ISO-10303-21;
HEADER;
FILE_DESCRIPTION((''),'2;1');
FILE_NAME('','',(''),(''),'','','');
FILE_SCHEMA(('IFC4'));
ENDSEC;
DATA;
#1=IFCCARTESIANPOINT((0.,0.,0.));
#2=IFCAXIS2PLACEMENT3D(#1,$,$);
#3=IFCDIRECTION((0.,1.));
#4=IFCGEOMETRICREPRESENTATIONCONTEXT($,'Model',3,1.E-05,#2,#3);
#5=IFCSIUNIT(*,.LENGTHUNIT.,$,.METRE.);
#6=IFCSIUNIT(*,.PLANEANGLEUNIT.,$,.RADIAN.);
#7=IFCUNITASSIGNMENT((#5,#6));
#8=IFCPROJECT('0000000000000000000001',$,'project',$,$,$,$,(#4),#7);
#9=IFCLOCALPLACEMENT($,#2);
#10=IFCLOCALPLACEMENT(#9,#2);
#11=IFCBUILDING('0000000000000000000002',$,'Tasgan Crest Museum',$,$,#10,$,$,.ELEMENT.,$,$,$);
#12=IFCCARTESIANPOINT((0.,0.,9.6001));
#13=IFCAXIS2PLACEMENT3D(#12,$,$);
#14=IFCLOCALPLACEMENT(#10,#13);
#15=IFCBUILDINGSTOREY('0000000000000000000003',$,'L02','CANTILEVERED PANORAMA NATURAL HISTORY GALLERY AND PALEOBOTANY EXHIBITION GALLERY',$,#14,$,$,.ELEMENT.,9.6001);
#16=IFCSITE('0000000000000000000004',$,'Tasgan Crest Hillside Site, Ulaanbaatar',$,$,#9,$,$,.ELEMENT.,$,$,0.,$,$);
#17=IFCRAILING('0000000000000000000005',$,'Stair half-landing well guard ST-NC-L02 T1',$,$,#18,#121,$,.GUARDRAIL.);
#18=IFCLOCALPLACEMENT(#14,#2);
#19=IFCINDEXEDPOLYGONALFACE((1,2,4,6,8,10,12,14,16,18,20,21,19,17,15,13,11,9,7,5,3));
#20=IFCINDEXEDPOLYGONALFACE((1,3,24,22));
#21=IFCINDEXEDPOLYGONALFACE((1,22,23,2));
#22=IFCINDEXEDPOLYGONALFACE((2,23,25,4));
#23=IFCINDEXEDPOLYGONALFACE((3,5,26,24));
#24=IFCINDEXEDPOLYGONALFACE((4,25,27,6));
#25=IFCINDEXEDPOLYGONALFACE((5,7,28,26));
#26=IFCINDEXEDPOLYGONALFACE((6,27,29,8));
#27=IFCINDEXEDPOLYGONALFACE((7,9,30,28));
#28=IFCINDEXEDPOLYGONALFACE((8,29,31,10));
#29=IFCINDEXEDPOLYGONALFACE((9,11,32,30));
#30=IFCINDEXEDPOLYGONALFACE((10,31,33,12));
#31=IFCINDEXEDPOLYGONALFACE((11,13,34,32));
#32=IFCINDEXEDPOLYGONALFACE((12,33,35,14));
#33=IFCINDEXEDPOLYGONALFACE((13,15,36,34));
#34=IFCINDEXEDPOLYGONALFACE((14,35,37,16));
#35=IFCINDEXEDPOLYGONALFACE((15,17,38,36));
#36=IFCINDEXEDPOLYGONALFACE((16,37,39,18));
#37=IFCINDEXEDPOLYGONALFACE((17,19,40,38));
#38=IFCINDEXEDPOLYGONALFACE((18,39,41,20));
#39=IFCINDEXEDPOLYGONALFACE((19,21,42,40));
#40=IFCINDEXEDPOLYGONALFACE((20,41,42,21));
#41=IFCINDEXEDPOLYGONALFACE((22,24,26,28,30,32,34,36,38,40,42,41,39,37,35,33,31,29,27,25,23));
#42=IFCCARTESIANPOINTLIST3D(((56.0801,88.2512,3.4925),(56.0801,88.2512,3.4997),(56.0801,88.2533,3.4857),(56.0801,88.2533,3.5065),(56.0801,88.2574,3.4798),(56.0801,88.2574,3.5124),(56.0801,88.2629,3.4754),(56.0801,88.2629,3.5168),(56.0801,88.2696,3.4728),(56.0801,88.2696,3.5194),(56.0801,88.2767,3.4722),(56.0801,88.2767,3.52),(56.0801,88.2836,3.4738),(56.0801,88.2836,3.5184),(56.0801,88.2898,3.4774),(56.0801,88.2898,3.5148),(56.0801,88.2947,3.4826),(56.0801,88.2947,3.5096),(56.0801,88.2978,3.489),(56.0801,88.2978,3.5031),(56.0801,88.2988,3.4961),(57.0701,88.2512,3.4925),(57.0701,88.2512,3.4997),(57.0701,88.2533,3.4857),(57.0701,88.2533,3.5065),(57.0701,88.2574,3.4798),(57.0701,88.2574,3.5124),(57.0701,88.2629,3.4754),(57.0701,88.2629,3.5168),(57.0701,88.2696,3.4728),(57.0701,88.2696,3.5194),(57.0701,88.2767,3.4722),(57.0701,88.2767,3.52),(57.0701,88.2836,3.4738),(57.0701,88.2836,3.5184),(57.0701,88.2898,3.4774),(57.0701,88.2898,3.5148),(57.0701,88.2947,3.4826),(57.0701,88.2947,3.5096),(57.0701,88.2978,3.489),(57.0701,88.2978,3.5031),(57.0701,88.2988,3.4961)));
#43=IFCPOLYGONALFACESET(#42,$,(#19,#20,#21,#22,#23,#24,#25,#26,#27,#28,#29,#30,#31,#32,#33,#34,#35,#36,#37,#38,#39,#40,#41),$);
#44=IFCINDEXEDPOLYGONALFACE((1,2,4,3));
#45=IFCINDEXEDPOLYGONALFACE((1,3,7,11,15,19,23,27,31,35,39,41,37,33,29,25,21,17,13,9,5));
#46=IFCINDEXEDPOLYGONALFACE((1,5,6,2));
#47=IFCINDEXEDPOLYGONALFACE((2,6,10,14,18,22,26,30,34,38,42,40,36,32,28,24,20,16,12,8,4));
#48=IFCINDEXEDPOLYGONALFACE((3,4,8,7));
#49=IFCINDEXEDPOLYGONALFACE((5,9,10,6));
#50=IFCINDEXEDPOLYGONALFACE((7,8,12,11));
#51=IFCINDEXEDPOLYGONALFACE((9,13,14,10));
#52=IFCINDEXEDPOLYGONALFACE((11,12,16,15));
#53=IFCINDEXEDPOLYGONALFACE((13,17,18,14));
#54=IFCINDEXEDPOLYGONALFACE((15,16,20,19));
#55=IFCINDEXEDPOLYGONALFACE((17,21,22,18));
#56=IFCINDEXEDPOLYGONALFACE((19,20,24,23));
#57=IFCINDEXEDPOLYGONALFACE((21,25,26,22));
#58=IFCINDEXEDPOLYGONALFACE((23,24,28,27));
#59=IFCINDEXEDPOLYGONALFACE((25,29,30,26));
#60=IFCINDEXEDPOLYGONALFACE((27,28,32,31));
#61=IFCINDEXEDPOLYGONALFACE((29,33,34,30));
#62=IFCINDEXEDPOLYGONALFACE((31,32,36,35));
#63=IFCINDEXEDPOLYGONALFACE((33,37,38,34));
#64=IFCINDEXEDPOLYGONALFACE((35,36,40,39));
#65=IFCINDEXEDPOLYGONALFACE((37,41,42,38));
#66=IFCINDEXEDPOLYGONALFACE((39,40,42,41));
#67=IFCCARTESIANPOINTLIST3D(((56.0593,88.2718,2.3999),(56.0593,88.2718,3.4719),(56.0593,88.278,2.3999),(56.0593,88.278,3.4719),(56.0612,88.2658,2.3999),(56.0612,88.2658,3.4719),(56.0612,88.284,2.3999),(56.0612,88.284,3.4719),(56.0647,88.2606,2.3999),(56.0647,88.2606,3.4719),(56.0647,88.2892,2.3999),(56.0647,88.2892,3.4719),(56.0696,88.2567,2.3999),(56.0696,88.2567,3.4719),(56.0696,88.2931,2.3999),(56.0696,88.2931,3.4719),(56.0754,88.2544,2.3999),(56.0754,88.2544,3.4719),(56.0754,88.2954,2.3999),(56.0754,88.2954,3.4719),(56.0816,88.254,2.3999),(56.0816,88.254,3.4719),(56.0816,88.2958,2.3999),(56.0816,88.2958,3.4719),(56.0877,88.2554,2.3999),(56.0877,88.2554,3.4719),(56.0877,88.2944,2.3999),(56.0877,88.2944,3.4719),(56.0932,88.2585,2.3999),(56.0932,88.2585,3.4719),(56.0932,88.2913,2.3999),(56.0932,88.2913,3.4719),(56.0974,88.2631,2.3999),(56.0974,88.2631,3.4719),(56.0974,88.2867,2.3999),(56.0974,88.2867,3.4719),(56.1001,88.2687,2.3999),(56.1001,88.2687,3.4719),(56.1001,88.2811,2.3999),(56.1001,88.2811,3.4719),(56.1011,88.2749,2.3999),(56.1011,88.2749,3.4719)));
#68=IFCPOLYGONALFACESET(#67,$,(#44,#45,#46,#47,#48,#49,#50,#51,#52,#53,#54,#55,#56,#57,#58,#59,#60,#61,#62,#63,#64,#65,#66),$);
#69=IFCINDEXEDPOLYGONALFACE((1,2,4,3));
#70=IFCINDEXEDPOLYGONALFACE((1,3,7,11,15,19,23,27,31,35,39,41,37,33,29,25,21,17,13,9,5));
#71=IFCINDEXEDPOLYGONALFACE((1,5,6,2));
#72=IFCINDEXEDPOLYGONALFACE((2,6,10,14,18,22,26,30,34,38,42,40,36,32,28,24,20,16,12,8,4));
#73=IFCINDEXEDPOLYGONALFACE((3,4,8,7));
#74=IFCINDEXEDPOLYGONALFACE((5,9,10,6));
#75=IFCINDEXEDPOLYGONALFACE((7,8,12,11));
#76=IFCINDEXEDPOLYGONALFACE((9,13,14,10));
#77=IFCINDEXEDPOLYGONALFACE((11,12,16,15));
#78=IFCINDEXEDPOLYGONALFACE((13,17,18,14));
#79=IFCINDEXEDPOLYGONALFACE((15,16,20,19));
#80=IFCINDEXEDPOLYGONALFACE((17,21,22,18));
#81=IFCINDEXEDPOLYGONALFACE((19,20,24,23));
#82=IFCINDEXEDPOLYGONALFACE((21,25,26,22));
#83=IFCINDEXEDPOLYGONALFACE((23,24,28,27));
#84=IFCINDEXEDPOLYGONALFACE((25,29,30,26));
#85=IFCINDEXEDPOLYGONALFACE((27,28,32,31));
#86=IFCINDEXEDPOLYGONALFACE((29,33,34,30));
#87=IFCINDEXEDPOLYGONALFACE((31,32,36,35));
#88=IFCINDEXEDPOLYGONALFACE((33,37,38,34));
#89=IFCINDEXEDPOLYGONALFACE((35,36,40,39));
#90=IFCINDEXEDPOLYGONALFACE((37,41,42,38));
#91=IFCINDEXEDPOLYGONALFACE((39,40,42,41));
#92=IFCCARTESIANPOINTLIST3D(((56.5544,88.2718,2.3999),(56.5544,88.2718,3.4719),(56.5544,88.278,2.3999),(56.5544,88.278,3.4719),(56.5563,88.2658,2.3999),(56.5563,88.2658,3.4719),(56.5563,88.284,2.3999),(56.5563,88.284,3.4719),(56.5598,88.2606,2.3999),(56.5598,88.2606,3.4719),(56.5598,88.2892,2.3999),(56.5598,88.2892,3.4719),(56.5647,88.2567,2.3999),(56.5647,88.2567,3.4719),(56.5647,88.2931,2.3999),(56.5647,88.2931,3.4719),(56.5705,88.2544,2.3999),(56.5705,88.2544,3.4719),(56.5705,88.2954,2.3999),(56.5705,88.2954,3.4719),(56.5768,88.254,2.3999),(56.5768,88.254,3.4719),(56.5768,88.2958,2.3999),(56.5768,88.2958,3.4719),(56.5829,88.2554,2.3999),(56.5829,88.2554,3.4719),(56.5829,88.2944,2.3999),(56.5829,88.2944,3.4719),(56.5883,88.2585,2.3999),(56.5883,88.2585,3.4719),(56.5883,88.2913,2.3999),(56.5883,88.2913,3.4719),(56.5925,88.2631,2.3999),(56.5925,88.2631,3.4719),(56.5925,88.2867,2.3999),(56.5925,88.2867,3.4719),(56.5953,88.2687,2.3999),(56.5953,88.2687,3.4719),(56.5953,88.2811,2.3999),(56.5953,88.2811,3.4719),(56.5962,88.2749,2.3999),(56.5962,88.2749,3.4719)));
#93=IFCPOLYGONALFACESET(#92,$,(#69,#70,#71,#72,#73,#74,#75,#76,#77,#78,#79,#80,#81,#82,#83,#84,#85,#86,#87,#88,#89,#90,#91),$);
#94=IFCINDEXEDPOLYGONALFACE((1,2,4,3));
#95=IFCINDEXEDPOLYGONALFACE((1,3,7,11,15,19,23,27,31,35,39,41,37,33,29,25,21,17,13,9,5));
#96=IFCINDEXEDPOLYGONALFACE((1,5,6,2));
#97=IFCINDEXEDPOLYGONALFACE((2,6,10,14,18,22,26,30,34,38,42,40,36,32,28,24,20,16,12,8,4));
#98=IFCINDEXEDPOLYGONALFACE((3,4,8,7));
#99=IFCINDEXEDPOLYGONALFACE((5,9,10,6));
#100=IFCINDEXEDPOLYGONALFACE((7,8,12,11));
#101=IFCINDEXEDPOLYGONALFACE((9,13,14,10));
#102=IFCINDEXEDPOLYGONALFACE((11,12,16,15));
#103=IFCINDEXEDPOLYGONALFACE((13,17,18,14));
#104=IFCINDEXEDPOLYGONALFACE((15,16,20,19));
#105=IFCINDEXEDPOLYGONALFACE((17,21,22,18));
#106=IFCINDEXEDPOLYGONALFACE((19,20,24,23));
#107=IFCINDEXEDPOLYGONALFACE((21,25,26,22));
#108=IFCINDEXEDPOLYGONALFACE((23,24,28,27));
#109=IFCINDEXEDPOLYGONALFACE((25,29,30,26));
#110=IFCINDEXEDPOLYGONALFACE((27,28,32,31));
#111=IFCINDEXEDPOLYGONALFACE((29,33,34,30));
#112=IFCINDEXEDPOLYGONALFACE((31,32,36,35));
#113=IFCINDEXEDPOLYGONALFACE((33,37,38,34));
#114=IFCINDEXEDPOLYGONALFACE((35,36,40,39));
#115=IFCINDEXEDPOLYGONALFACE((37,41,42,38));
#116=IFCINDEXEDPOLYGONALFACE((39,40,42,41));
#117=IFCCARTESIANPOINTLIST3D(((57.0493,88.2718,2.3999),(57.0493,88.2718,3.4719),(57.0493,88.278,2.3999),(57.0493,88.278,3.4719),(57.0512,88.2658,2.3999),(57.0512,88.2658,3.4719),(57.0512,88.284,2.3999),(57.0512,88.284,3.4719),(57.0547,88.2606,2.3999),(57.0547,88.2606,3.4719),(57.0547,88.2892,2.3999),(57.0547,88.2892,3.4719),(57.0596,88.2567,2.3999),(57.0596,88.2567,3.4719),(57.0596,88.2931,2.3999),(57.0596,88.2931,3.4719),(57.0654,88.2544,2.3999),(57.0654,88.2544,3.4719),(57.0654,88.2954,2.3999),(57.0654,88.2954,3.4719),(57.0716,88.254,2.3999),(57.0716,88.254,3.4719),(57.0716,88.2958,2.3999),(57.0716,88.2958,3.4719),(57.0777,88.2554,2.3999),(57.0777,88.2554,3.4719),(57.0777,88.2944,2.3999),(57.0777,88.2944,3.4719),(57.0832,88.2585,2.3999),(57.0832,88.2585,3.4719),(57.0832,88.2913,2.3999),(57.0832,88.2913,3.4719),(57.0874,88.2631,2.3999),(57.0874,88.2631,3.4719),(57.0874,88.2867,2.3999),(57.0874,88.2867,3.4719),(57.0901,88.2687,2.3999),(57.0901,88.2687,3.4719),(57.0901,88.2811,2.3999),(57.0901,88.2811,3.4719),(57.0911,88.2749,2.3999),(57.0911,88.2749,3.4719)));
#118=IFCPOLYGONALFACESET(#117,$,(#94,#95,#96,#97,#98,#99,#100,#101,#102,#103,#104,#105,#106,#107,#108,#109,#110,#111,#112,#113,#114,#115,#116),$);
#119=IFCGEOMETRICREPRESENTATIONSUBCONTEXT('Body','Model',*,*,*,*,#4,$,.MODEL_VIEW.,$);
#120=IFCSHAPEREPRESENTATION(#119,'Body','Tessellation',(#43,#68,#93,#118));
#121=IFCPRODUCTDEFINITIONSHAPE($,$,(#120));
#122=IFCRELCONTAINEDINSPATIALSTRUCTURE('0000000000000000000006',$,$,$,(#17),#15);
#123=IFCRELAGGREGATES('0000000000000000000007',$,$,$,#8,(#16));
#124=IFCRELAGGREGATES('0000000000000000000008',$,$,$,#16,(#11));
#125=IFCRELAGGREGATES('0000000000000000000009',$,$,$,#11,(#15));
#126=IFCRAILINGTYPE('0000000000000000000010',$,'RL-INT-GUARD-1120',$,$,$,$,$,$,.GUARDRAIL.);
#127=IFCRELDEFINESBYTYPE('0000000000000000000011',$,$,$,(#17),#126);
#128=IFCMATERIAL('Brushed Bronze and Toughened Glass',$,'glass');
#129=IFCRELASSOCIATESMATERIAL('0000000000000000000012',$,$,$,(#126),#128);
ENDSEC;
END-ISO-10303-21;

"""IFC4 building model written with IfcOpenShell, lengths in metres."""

from ifc_helpers import new_model, si_unit, direction, frame, origin, origin_2d, place, context, subcontext, project, spatial, circle, extrude, material, type_object, element, save


model = new_model("IFC4")

# Units and contexts
model_context = context("Model", 3, precision=1e-05, world=origin(), true_north=direction((0.0, 1.0)))
body_context = subcontext(model_context, "Body", "Model", "MODEL_VIEW")
ifc_project = project(units=[si_unit("LENGTHUNIT", "METRE"), si_unit("PLANEANGLEUNIT", "RADIAN")], contexts=[model_context])

# Site, building, storey
site_placement = place(None, origin())
site = spatial("IfcSite", under=ifc_project, at=site_placement, Name="Tasgan Crest Hillside Site, Ulaanbaatar", CompositionType="ELEMENT", RefElevation=0.0)
building_placement = place(site_placement, origin())
building = spatial("IfcBuilding", under=site, at=building_placement, Name="Tasgan Crest Museum", CompositionType="ELEMENT")
storey_placement = place(building_placement, frame((0.0, 0.0, 9.6001)))
storey = spatial("IfcBuildingStorey", under=building, at=storey_placement, Name="L02", Description="CANTILEVERED PANORAMA NATURAL HISTORY GALLERY AND PALEOBOTANY EXHIBITION GALLERY", CompositionType="ELEMENT", Elevation=9.6001)

# Railing
ifc_material_1 = material(Name="Brushed Bronze and Toughened Glass", Category="glass")
railing_type = type_object("IfcRailingType", Name="RL-INT-GUARD-1120", PredefinedType="GUARDRAIL", material=ifc_material_1)
railing_1_placement = place(storey_placement, frame((56.0801, 88.2749, 2.3999)))
element("IfcRailing", 1, at=railing_1_placement, inside=storey, type_object=railing_type, Name="Stair half-landing well guard ST-NC-L02 T1", PredefinedType="GUARDRAIL", context=body_context, shape_type="SweptSolid", body=[
    extrude(circle(Radius=0.0239, at=origin_2d()), frame((0.0, 0.0, 1.0962), z_axis=(1.0, 0.0, 0.0), x_axis=(0.0, 1.0, 0.0)), (0.0, 0.0, 1.0), 0.99),
    extrude(circle(Radius=0.021, at=origin_2d()), origin(), (0.0, 0.0, 1.0), 1.072),
    extrude(circle(Radius=0.021, at=origin_2d()), frame((0.4951, 0.0, 0.0)), (0.0, 0.0, 1.0), 1.072),
    extrude(circle(Radius=0.021, at=origin_2d()), frame((0.99, 0.0, 0.0)), (0.0, 0.0, 1.0), 1.072),
])

save(model, "model.ifc")
